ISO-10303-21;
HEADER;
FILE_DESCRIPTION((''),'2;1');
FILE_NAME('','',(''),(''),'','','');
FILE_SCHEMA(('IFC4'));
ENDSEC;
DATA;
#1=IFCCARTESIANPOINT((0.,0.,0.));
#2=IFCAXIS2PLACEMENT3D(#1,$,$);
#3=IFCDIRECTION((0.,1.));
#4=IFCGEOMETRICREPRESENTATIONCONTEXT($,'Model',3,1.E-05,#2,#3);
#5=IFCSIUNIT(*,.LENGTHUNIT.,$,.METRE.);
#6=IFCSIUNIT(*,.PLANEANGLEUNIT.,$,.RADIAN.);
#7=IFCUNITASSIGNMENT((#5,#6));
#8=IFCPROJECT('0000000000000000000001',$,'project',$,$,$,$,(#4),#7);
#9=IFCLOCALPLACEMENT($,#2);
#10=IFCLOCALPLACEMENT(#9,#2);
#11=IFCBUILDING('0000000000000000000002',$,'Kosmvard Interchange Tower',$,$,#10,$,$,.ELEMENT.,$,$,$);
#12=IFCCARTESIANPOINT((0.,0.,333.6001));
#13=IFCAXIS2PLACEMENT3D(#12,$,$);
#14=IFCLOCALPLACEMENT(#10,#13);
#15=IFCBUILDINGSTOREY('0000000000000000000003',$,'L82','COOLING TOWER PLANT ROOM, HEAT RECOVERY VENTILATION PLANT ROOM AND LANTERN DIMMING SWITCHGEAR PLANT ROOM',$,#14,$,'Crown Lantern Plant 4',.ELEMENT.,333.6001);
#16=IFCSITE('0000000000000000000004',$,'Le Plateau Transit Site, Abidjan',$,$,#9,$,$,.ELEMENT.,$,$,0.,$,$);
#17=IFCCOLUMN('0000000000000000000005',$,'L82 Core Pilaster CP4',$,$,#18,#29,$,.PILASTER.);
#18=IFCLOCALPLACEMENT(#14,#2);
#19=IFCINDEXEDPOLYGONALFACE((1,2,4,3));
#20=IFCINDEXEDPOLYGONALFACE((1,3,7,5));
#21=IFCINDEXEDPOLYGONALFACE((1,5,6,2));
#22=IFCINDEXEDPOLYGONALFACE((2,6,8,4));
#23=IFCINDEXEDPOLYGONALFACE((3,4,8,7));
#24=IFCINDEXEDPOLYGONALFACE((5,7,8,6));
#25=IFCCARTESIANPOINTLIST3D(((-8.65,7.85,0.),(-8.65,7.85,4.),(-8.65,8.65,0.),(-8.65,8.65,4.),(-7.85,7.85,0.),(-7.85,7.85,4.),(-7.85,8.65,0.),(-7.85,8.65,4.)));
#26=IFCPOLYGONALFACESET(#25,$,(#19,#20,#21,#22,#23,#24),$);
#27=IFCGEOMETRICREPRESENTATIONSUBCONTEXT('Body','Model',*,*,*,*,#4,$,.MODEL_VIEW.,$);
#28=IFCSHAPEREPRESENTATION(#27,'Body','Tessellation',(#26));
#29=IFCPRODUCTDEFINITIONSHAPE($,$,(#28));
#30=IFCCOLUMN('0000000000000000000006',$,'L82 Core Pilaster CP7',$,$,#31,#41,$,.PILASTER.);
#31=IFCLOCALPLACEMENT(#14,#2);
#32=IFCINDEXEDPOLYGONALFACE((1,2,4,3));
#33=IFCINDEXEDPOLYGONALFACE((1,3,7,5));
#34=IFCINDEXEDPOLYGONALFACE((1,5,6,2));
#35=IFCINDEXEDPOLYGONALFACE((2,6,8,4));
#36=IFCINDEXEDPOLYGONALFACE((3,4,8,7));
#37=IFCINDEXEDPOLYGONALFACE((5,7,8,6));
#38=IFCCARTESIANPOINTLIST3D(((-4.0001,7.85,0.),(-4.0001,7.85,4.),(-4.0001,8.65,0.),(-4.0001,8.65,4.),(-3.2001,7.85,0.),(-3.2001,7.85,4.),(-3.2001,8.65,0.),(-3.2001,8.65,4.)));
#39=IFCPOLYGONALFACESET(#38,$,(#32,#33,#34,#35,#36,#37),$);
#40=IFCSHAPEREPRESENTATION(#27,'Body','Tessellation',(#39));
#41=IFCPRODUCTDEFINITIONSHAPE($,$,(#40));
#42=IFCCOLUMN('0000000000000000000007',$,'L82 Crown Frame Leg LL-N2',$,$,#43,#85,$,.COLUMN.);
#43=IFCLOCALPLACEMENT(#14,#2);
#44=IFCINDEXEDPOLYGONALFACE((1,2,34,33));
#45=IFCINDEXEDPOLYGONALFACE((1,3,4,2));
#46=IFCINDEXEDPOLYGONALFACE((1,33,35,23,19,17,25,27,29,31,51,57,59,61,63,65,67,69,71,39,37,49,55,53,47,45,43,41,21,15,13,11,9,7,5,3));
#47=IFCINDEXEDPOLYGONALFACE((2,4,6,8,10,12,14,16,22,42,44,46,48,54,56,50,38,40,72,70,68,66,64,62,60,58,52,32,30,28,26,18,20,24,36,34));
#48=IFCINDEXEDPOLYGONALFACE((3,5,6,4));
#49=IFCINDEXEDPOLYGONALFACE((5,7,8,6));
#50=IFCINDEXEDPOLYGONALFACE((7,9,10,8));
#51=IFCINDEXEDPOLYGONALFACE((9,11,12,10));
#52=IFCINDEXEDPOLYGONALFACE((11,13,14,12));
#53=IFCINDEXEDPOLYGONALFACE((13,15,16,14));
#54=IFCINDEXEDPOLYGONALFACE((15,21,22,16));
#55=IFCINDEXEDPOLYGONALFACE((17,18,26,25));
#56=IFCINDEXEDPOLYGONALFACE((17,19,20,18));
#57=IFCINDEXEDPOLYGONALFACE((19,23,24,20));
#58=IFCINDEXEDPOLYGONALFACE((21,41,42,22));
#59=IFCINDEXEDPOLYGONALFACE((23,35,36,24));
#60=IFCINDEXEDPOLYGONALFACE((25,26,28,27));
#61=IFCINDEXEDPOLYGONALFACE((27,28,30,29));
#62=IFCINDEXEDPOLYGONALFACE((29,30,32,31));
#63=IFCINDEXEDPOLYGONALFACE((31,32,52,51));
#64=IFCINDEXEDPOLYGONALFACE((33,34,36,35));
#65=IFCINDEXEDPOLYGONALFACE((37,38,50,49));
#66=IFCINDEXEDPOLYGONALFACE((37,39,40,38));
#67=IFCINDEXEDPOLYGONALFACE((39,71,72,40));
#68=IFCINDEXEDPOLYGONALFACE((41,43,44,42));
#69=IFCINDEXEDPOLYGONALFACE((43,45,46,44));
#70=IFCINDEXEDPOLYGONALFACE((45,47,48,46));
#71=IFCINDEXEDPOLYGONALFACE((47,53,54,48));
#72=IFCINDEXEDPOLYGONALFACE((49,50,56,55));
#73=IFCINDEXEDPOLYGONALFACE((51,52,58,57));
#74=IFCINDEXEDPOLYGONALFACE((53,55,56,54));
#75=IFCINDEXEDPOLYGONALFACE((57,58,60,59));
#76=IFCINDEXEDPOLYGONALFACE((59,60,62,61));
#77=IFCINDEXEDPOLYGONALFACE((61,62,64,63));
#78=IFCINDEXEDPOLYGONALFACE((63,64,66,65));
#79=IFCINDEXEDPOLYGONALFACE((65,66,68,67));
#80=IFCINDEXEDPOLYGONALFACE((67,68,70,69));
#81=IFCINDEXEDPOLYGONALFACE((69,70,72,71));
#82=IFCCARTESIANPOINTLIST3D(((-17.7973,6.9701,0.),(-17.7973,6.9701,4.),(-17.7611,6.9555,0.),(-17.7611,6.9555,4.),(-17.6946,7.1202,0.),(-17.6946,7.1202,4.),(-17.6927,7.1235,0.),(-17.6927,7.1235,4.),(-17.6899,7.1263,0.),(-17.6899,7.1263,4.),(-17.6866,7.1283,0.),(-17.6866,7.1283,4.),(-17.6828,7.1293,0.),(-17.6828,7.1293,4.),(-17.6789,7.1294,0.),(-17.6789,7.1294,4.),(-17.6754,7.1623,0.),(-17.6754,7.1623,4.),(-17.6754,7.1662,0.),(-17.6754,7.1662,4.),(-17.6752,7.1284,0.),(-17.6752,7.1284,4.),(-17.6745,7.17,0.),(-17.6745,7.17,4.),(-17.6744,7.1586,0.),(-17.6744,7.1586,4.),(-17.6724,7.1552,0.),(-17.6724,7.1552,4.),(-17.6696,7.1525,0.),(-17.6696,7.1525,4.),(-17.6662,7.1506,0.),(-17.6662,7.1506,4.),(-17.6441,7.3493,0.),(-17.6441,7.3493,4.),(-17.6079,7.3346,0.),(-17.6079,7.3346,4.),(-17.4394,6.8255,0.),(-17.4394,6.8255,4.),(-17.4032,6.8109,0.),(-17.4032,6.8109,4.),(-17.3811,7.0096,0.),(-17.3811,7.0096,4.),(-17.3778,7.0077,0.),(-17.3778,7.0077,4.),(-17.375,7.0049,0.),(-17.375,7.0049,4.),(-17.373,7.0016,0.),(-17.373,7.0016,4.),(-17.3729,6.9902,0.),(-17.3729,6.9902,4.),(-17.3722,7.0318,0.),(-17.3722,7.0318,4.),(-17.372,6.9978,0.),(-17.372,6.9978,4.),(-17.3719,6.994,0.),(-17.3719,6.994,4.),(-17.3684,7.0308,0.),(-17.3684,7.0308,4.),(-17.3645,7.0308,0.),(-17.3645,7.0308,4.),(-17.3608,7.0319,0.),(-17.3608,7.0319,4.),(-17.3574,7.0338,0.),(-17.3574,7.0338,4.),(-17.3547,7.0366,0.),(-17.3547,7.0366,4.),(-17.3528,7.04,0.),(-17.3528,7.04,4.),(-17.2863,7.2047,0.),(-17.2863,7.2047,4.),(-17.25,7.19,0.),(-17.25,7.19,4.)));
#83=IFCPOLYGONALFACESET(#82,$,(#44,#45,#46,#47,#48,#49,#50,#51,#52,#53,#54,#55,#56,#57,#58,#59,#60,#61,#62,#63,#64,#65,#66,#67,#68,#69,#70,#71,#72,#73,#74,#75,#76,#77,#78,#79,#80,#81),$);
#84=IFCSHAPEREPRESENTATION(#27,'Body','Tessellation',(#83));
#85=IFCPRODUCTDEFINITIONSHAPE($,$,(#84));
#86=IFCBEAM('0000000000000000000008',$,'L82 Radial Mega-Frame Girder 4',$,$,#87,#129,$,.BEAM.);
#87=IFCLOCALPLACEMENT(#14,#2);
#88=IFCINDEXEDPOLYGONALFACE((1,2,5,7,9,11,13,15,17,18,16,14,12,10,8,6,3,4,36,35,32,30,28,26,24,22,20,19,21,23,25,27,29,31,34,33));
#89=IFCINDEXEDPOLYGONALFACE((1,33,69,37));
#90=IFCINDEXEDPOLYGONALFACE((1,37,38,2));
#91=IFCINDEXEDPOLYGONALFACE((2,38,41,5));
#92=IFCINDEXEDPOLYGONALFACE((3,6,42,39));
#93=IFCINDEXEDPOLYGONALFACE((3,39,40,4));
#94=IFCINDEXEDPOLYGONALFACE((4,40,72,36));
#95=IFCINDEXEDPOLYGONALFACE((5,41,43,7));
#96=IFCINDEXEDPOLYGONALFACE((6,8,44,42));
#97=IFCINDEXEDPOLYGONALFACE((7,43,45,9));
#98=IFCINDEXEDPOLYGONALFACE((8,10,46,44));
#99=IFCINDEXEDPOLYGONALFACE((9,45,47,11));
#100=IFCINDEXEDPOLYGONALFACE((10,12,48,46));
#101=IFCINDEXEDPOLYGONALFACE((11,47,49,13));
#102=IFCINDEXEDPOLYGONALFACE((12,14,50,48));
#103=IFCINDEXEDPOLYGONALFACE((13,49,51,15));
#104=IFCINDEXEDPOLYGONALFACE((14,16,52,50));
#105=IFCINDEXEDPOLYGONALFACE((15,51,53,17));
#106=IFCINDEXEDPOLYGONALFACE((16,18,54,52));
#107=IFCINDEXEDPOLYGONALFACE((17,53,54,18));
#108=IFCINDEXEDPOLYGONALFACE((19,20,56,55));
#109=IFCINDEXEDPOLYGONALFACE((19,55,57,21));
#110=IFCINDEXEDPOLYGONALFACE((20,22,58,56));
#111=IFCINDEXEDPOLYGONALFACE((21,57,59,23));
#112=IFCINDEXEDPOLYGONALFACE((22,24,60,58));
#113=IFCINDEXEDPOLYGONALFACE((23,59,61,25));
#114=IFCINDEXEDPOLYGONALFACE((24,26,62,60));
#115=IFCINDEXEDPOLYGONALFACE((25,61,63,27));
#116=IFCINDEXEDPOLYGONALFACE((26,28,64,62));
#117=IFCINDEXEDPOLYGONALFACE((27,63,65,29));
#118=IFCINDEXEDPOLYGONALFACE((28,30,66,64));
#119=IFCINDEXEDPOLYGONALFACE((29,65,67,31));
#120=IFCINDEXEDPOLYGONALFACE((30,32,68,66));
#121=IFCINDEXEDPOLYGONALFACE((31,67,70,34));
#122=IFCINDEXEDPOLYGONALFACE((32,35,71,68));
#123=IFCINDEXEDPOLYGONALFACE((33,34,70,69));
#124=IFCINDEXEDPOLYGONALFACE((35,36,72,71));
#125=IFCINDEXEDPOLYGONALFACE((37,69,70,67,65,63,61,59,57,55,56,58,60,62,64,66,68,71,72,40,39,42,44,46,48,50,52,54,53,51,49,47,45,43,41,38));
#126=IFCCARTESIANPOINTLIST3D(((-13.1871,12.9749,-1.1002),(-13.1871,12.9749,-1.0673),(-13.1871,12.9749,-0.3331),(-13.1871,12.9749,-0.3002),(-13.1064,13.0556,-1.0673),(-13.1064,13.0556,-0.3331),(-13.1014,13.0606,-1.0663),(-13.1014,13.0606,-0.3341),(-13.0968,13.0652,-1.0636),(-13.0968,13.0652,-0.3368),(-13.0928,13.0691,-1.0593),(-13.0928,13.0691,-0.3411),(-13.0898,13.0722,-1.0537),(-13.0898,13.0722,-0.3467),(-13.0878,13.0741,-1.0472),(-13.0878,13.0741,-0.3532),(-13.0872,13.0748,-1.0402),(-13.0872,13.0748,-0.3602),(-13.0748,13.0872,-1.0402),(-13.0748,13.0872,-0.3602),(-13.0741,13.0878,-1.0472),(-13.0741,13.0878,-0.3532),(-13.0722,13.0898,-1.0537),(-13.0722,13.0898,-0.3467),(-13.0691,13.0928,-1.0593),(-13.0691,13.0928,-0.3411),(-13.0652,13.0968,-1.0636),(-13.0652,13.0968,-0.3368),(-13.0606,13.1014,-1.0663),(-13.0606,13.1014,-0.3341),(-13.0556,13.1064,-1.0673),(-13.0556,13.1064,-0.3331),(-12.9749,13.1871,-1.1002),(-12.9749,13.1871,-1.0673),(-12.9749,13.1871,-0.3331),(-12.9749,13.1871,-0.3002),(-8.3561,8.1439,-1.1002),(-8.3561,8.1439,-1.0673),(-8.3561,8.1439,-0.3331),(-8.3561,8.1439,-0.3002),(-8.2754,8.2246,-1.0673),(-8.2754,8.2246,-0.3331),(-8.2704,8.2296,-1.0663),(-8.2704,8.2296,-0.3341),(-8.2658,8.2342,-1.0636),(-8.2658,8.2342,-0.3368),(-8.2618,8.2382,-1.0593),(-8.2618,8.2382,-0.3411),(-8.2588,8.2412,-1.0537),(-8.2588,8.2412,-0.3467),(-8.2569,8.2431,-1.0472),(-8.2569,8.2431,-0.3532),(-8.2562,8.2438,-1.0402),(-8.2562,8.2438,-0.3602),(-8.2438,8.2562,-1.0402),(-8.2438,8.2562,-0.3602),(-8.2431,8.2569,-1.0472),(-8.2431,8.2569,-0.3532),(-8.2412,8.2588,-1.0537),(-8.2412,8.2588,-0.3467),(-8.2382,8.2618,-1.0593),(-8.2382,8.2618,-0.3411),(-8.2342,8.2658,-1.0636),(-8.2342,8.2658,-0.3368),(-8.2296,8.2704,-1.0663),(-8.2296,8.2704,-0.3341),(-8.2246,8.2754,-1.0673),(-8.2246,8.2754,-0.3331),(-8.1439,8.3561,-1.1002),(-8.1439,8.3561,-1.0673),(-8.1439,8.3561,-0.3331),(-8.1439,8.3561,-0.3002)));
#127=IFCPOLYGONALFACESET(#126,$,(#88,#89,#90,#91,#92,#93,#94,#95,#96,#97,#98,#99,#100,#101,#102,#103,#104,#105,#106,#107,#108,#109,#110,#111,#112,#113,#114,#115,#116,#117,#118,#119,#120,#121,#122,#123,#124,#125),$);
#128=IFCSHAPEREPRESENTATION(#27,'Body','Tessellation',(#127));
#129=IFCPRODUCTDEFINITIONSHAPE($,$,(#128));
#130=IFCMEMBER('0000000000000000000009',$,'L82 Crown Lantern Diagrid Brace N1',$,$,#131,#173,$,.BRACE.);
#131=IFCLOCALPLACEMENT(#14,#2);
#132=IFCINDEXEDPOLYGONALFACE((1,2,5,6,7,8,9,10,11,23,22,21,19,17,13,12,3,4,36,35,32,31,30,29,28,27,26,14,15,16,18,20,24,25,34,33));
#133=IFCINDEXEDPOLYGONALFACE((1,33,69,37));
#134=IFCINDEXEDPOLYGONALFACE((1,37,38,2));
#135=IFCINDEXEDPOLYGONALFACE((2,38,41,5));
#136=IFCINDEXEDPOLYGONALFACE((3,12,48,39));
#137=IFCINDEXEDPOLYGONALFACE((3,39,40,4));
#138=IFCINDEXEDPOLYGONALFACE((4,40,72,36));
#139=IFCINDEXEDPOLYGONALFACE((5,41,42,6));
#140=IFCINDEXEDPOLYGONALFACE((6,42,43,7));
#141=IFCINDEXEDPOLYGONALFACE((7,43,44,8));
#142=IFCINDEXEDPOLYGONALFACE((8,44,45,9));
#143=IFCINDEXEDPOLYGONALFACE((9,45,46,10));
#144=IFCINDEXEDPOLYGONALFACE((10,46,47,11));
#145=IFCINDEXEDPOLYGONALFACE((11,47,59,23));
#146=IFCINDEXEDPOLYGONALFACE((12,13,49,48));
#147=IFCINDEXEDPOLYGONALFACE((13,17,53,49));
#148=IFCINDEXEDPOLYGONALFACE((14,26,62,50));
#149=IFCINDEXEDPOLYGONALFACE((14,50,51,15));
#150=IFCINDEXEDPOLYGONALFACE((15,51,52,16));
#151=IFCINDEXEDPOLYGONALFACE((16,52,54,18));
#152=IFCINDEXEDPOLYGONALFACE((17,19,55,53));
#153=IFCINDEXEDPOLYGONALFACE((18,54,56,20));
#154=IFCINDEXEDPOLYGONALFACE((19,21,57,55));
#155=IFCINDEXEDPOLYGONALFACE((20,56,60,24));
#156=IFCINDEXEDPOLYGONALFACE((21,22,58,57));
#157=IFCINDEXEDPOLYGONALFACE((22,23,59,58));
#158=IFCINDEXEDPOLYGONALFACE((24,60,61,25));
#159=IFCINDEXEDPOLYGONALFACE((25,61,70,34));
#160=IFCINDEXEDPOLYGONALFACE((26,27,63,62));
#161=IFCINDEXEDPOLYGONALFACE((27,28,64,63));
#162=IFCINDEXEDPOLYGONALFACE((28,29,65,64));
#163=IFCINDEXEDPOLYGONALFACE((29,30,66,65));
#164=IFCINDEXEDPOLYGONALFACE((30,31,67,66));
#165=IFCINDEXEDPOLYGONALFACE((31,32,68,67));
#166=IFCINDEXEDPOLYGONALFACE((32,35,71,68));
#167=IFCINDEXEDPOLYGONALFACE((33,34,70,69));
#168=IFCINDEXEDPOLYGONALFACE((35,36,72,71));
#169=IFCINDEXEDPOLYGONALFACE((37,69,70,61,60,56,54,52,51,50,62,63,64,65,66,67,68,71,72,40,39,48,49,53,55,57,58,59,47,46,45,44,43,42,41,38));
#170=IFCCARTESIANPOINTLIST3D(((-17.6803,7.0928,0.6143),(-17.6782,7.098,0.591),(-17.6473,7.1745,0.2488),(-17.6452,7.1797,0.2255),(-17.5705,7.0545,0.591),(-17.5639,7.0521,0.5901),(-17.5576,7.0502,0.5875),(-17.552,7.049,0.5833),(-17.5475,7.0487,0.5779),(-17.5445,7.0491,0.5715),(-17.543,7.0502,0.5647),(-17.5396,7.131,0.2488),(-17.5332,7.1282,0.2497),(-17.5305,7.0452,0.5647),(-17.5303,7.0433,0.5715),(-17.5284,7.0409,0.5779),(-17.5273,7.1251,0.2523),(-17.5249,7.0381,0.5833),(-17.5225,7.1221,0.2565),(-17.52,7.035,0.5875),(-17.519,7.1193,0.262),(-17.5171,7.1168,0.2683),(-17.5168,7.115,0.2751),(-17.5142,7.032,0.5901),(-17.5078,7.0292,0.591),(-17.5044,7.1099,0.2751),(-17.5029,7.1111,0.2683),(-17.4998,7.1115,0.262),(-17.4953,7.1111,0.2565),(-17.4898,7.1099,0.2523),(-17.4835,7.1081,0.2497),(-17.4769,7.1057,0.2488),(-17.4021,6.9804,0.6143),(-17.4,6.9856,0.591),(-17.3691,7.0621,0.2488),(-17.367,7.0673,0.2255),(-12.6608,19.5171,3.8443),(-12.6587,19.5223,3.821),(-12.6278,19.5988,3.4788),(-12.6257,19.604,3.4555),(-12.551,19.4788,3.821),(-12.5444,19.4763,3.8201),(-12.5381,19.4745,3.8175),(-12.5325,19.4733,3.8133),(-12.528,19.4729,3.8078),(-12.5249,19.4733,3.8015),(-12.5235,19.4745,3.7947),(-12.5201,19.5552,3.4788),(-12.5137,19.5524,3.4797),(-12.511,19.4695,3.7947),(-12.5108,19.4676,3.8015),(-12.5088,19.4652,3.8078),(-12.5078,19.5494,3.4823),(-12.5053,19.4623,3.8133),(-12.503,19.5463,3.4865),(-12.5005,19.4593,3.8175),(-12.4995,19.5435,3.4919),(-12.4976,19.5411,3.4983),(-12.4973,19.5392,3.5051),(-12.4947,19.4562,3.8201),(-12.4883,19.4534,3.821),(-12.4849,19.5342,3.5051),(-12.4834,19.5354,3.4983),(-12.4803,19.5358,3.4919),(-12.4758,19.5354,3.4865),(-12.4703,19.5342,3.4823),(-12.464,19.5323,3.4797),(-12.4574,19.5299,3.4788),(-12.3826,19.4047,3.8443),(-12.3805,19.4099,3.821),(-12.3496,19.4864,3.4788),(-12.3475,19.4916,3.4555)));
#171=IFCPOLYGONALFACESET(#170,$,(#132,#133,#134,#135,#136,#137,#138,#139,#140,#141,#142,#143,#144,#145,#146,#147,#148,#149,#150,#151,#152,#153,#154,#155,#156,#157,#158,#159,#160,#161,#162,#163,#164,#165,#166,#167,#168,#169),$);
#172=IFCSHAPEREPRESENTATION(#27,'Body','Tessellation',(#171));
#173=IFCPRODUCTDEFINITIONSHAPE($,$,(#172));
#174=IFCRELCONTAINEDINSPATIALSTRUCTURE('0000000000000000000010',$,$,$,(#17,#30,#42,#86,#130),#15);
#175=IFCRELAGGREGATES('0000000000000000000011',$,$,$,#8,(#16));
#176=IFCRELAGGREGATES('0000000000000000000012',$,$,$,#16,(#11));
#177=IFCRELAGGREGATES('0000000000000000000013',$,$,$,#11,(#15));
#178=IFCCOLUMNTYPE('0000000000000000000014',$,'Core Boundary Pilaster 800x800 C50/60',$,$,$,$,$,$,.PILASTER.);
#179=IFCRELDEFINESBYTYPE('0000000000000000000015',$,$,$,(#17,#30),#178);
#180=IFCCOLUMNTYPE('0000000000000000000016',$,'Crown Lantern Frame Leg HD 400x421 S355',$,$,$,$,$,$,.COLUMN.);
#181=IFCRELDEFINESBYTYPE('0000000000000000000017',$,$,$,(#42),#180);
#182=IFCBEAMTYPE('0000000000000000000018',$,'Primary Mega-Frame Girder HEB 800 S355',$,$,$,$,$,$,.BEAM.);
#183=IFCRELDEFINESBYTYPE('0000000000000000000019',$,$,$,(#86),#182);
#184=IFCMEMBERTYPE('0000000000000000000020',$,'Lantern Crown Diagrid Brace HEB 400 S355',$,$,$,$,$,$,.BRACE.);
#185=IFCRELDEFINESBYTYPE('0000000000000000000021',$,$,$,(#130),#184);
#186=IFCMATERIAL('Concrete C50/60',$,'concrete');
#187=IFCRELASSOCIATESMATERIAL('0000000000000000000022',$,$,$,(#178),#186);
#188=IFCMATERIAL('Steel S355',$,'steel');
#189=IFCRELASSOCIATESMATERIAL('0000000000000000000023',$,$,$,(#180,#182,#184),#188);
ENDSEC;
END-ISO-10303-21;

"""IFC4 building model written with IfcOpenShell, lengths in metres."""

from ifc_helpers import new_model, si_unit, direction, frame, origin, origin_2d, place, context, subcontext, project, spatial, rectangle, i_section, extrude, source, transform, mapped, material, material_profile, profile_set, type_object, element, save


model = new_model("IFC4")

# Units and contexts
model_context = context("Model", 3, precision=1e-05, world=origin(), true_north=direction((0.0, 1.0)))
body_context = subcontext(model_context, "Body", "Model", "MODEL_VIEW")
ifc_project = project(units=[si_unit("LENGTHUNIT", "METRE"), si_unit("PLANEANGLEUNIT", "RADIAN")], contexts=[model_context])

# Site, building, storey
site_placement = place(None, origin())
site = spatial("IfcSite", under=ifc_project, at=site_placement, Name="Le Plateau Transit Site, Abidjan", CompositionType="ELEMENT", RefElevation=0.0)
building_placement = place(site_placement, origin())
building = spatial("IfcBuilding", under=site, at=building_placement, Name="Kosmvard Interchange Tower", CompositionType="ELEMENT")
storey_placement = place(building_placement, frame((0.0, 0.0, 333.6001)))
storey = spatial("IfcBuildingStorey", under=building, at=storey_placement, Name="L82", Description="COOLING TOWER PLANT ROOM, HEAT RECOVERY VENTILATION PLANT ROOM AND LANTERN DIMMING SWITCHGEAR PLANT ROOM", LongName="Crown Lantern Plant 4", CompositionType="ELEMENT", Elevation=333.6001)

# Columns
ifc_material_1 = material(Name="Concrete C50/60", Category="concrete")
ifc_material_profile_1 = material_profile(ifc_material_1, rectangle(XDim=0.8, YDim=0.8, at=origin_2d()), Name="CP 800x800")
ifc_profile_set_1 = profile_set([ifc_material_profile_1], Name="Concrete C50/60")
column_type_1 = type_object("IfcColumnType", Name="Core Boundary Pilaster 800x800 C50/60", PredefinedType="PILASTER", material=ifc_profile_set_1)
shared_shape_1 = source(origin(), body_context, "Body", "SweptSolid", [
    extrude(rectangle(XDim=0.8, YDim=0.8, at=origin_2d()), origin(), (0.0, 0.0, 1.0), 4.0),
])
for number, where, z_axis, x_axis, name in (
    (1, (-8.25, 8.25, 0.0), (0.0, 0.0, 1.0), (1.0, 0.0, 0.0), "L82 Core Pilaster CP4"),
    (2, (-3.6001, 8.25, 0.0), (0.0, 0.0, 1.0), (1.0, 0.0, 0.0), "L82 Core Pilaster CP7"),
):
    element("IfcColumn", number, at=place(storey_placement, frame(where, z_axis=z_axis, x_axis=x_axis)), inside=storey, type_object=column_type_1, Name=name, PredefinedType="PILASTER", context=body_context, shape_type="MappedRepresentation", body=[
        mapped(shared_shape_1, transform((0.0, 0.0, 0.0), scale=1.0)),
    ])
ifc_material_2 = material(Name="Steel S355", Category="steel")
ifc_material_profile_2 = material_profile(ifc_material_2, i_section(OverallWidth=0.4089, OverallDepth=0.425, WebThickness=0.0239, FlangeThickness=0.0391, FilletRadius=0.0149, at=origin_2d()), Name="HD 400x421")
ifc_profile_set_2 = profile_set([ifc_material_profile_2], Name="Steel S355")
column_type_2 = type_object("IfcColumnType", Name="Crown Lantern Frame Leg HD 400x421 S355", PredefinedType="COLUMN", material=ifc_profile_set_2)
shared_shape_2 = source(origin(), body_context, "Body", "SweptSolid", [
    extrude(i_section(OverallWidth=0.4089, OverallDepth=0.425, WebThickness=0.0239, FlangeThickness=0.0391, FilletRadius=0.0149, at=origin_2d()), origin(), (0.0, 0.0, 1.0), 4.0),
])
column_placement = place(storey_placement, frame((-17.5237, 7.0801, 0.0), z_axis=(0.0, 0.0, 1.0), x_axis=(0.374607, 0.927184, 0.0)))
element("IfcColumn", 3, at=column_placement, inside=storey, type_object=column_type_2, Name="L82 Crown Frame Leg LL-N2", PredefinedType="COLUMN", context=body_context, shape_type="MappedRepresentation", body=[
    mapped(shared_shape_2, transform((0.0, 0.0, 0.0), scale=1.0)),
])

# Beam
ifc_material_profile_3 = material_profile(ifc_material_2, i_section(OverallWidth=0.3, OverallDepth=0.8, WebThickness=0.0176, FlangeThickness=0.033, FilletRadius=0.0271, at=origin_2d()), Name="HEB 800")
ifc_profile_set_3 = profile_set([ifc_material_profile_3], Name="Steel S355")
beam_type_1 = type_object("IfcBeamType", Name="Primary Mega-Frame Girder HEB 800 S355", PredefinedType="BEAM", material=ifc_profile_set_3)
shared_shape_3 = source(origin(), body_context, "Body", "SweptSolid", [
    extrude(i_section(OverallWidth=0.3, OverallDepth=0.8, WebThickness=0.0176, FlangeThickness=0.033, FilletRadius=0.0271, at=origin_2d()), origin(), (0.0, 0.0, 1.0), 6.832),
])
beam_1_placement = place(storey_placement, frame((-8.25, 8.25, -0.7002), z_axis=(-0.707107, 0.707107, 0.0), x_axis=(-0.707107, -0.707107, 0.0)))
element("IfcBeam", 4, at=beam_1_placement, inside=storey, type_object=beam_type_1, Name="L82 Radial Mega-Frame Girder 4", PredefinedType="BEAM", context=body_context, shape_type="MappedRepresentation", body=[
    mapped(shared_shape_3, transform((0.0, 0.0, 0.0), scale=1.0)),
])

# Member
ifc_material_profile_4 = material_profile(ifc_material_2, i_section(OverallWidth=0.3, OverallDepth=0.3999, WebThickness=0.0134, FlangeThickness=0.0239, FilletRadius=0.0271, at=origin_2d()), Name="HEB 400")
ifc_profile_set_4 = profile_set([ifc_material_profile_4], Name="Steel S355")
member_type = type_object("IfcMemberType", Name="Lantern Crown Diagrid Brace HEB 400 S355", PredefinedType="BRACE", material=ifc_profile_set_4)
shared_shape_4 = source(origin(), body_context, "Body", "SweptSolid", [
    extrude(i_section(OverallWidth=0.3, OverallDepth=0.3999, WebThickness=0.0134, FlangeThickness=0.0239, FilletRadius=0.0271, at=origin_2d()), origin(), (0.0, 0.0, 1.0), 13.7837),
])
member_1_placement = place(storey_placement, frame((-17.5237, 7.0801, 0.4199), z_axis=(0.364163, 0.901373, 0.234332), x_axis=(-0.92719, 0.374593, 0.0)))
element("IfcMember", 5, at=member_1_placement, inside=storey, type_object=member_type, Name="L82 Crown Lantern Diagrid Brace N1", PredefinedType="BRACE", context=body_context, shape_type="MappedRepresentation", body=[
    mapped(shared_shape_4, transform((0.0, 0.0, 0.0), scale=1.0)),
])

save(model, "model.ifc")
